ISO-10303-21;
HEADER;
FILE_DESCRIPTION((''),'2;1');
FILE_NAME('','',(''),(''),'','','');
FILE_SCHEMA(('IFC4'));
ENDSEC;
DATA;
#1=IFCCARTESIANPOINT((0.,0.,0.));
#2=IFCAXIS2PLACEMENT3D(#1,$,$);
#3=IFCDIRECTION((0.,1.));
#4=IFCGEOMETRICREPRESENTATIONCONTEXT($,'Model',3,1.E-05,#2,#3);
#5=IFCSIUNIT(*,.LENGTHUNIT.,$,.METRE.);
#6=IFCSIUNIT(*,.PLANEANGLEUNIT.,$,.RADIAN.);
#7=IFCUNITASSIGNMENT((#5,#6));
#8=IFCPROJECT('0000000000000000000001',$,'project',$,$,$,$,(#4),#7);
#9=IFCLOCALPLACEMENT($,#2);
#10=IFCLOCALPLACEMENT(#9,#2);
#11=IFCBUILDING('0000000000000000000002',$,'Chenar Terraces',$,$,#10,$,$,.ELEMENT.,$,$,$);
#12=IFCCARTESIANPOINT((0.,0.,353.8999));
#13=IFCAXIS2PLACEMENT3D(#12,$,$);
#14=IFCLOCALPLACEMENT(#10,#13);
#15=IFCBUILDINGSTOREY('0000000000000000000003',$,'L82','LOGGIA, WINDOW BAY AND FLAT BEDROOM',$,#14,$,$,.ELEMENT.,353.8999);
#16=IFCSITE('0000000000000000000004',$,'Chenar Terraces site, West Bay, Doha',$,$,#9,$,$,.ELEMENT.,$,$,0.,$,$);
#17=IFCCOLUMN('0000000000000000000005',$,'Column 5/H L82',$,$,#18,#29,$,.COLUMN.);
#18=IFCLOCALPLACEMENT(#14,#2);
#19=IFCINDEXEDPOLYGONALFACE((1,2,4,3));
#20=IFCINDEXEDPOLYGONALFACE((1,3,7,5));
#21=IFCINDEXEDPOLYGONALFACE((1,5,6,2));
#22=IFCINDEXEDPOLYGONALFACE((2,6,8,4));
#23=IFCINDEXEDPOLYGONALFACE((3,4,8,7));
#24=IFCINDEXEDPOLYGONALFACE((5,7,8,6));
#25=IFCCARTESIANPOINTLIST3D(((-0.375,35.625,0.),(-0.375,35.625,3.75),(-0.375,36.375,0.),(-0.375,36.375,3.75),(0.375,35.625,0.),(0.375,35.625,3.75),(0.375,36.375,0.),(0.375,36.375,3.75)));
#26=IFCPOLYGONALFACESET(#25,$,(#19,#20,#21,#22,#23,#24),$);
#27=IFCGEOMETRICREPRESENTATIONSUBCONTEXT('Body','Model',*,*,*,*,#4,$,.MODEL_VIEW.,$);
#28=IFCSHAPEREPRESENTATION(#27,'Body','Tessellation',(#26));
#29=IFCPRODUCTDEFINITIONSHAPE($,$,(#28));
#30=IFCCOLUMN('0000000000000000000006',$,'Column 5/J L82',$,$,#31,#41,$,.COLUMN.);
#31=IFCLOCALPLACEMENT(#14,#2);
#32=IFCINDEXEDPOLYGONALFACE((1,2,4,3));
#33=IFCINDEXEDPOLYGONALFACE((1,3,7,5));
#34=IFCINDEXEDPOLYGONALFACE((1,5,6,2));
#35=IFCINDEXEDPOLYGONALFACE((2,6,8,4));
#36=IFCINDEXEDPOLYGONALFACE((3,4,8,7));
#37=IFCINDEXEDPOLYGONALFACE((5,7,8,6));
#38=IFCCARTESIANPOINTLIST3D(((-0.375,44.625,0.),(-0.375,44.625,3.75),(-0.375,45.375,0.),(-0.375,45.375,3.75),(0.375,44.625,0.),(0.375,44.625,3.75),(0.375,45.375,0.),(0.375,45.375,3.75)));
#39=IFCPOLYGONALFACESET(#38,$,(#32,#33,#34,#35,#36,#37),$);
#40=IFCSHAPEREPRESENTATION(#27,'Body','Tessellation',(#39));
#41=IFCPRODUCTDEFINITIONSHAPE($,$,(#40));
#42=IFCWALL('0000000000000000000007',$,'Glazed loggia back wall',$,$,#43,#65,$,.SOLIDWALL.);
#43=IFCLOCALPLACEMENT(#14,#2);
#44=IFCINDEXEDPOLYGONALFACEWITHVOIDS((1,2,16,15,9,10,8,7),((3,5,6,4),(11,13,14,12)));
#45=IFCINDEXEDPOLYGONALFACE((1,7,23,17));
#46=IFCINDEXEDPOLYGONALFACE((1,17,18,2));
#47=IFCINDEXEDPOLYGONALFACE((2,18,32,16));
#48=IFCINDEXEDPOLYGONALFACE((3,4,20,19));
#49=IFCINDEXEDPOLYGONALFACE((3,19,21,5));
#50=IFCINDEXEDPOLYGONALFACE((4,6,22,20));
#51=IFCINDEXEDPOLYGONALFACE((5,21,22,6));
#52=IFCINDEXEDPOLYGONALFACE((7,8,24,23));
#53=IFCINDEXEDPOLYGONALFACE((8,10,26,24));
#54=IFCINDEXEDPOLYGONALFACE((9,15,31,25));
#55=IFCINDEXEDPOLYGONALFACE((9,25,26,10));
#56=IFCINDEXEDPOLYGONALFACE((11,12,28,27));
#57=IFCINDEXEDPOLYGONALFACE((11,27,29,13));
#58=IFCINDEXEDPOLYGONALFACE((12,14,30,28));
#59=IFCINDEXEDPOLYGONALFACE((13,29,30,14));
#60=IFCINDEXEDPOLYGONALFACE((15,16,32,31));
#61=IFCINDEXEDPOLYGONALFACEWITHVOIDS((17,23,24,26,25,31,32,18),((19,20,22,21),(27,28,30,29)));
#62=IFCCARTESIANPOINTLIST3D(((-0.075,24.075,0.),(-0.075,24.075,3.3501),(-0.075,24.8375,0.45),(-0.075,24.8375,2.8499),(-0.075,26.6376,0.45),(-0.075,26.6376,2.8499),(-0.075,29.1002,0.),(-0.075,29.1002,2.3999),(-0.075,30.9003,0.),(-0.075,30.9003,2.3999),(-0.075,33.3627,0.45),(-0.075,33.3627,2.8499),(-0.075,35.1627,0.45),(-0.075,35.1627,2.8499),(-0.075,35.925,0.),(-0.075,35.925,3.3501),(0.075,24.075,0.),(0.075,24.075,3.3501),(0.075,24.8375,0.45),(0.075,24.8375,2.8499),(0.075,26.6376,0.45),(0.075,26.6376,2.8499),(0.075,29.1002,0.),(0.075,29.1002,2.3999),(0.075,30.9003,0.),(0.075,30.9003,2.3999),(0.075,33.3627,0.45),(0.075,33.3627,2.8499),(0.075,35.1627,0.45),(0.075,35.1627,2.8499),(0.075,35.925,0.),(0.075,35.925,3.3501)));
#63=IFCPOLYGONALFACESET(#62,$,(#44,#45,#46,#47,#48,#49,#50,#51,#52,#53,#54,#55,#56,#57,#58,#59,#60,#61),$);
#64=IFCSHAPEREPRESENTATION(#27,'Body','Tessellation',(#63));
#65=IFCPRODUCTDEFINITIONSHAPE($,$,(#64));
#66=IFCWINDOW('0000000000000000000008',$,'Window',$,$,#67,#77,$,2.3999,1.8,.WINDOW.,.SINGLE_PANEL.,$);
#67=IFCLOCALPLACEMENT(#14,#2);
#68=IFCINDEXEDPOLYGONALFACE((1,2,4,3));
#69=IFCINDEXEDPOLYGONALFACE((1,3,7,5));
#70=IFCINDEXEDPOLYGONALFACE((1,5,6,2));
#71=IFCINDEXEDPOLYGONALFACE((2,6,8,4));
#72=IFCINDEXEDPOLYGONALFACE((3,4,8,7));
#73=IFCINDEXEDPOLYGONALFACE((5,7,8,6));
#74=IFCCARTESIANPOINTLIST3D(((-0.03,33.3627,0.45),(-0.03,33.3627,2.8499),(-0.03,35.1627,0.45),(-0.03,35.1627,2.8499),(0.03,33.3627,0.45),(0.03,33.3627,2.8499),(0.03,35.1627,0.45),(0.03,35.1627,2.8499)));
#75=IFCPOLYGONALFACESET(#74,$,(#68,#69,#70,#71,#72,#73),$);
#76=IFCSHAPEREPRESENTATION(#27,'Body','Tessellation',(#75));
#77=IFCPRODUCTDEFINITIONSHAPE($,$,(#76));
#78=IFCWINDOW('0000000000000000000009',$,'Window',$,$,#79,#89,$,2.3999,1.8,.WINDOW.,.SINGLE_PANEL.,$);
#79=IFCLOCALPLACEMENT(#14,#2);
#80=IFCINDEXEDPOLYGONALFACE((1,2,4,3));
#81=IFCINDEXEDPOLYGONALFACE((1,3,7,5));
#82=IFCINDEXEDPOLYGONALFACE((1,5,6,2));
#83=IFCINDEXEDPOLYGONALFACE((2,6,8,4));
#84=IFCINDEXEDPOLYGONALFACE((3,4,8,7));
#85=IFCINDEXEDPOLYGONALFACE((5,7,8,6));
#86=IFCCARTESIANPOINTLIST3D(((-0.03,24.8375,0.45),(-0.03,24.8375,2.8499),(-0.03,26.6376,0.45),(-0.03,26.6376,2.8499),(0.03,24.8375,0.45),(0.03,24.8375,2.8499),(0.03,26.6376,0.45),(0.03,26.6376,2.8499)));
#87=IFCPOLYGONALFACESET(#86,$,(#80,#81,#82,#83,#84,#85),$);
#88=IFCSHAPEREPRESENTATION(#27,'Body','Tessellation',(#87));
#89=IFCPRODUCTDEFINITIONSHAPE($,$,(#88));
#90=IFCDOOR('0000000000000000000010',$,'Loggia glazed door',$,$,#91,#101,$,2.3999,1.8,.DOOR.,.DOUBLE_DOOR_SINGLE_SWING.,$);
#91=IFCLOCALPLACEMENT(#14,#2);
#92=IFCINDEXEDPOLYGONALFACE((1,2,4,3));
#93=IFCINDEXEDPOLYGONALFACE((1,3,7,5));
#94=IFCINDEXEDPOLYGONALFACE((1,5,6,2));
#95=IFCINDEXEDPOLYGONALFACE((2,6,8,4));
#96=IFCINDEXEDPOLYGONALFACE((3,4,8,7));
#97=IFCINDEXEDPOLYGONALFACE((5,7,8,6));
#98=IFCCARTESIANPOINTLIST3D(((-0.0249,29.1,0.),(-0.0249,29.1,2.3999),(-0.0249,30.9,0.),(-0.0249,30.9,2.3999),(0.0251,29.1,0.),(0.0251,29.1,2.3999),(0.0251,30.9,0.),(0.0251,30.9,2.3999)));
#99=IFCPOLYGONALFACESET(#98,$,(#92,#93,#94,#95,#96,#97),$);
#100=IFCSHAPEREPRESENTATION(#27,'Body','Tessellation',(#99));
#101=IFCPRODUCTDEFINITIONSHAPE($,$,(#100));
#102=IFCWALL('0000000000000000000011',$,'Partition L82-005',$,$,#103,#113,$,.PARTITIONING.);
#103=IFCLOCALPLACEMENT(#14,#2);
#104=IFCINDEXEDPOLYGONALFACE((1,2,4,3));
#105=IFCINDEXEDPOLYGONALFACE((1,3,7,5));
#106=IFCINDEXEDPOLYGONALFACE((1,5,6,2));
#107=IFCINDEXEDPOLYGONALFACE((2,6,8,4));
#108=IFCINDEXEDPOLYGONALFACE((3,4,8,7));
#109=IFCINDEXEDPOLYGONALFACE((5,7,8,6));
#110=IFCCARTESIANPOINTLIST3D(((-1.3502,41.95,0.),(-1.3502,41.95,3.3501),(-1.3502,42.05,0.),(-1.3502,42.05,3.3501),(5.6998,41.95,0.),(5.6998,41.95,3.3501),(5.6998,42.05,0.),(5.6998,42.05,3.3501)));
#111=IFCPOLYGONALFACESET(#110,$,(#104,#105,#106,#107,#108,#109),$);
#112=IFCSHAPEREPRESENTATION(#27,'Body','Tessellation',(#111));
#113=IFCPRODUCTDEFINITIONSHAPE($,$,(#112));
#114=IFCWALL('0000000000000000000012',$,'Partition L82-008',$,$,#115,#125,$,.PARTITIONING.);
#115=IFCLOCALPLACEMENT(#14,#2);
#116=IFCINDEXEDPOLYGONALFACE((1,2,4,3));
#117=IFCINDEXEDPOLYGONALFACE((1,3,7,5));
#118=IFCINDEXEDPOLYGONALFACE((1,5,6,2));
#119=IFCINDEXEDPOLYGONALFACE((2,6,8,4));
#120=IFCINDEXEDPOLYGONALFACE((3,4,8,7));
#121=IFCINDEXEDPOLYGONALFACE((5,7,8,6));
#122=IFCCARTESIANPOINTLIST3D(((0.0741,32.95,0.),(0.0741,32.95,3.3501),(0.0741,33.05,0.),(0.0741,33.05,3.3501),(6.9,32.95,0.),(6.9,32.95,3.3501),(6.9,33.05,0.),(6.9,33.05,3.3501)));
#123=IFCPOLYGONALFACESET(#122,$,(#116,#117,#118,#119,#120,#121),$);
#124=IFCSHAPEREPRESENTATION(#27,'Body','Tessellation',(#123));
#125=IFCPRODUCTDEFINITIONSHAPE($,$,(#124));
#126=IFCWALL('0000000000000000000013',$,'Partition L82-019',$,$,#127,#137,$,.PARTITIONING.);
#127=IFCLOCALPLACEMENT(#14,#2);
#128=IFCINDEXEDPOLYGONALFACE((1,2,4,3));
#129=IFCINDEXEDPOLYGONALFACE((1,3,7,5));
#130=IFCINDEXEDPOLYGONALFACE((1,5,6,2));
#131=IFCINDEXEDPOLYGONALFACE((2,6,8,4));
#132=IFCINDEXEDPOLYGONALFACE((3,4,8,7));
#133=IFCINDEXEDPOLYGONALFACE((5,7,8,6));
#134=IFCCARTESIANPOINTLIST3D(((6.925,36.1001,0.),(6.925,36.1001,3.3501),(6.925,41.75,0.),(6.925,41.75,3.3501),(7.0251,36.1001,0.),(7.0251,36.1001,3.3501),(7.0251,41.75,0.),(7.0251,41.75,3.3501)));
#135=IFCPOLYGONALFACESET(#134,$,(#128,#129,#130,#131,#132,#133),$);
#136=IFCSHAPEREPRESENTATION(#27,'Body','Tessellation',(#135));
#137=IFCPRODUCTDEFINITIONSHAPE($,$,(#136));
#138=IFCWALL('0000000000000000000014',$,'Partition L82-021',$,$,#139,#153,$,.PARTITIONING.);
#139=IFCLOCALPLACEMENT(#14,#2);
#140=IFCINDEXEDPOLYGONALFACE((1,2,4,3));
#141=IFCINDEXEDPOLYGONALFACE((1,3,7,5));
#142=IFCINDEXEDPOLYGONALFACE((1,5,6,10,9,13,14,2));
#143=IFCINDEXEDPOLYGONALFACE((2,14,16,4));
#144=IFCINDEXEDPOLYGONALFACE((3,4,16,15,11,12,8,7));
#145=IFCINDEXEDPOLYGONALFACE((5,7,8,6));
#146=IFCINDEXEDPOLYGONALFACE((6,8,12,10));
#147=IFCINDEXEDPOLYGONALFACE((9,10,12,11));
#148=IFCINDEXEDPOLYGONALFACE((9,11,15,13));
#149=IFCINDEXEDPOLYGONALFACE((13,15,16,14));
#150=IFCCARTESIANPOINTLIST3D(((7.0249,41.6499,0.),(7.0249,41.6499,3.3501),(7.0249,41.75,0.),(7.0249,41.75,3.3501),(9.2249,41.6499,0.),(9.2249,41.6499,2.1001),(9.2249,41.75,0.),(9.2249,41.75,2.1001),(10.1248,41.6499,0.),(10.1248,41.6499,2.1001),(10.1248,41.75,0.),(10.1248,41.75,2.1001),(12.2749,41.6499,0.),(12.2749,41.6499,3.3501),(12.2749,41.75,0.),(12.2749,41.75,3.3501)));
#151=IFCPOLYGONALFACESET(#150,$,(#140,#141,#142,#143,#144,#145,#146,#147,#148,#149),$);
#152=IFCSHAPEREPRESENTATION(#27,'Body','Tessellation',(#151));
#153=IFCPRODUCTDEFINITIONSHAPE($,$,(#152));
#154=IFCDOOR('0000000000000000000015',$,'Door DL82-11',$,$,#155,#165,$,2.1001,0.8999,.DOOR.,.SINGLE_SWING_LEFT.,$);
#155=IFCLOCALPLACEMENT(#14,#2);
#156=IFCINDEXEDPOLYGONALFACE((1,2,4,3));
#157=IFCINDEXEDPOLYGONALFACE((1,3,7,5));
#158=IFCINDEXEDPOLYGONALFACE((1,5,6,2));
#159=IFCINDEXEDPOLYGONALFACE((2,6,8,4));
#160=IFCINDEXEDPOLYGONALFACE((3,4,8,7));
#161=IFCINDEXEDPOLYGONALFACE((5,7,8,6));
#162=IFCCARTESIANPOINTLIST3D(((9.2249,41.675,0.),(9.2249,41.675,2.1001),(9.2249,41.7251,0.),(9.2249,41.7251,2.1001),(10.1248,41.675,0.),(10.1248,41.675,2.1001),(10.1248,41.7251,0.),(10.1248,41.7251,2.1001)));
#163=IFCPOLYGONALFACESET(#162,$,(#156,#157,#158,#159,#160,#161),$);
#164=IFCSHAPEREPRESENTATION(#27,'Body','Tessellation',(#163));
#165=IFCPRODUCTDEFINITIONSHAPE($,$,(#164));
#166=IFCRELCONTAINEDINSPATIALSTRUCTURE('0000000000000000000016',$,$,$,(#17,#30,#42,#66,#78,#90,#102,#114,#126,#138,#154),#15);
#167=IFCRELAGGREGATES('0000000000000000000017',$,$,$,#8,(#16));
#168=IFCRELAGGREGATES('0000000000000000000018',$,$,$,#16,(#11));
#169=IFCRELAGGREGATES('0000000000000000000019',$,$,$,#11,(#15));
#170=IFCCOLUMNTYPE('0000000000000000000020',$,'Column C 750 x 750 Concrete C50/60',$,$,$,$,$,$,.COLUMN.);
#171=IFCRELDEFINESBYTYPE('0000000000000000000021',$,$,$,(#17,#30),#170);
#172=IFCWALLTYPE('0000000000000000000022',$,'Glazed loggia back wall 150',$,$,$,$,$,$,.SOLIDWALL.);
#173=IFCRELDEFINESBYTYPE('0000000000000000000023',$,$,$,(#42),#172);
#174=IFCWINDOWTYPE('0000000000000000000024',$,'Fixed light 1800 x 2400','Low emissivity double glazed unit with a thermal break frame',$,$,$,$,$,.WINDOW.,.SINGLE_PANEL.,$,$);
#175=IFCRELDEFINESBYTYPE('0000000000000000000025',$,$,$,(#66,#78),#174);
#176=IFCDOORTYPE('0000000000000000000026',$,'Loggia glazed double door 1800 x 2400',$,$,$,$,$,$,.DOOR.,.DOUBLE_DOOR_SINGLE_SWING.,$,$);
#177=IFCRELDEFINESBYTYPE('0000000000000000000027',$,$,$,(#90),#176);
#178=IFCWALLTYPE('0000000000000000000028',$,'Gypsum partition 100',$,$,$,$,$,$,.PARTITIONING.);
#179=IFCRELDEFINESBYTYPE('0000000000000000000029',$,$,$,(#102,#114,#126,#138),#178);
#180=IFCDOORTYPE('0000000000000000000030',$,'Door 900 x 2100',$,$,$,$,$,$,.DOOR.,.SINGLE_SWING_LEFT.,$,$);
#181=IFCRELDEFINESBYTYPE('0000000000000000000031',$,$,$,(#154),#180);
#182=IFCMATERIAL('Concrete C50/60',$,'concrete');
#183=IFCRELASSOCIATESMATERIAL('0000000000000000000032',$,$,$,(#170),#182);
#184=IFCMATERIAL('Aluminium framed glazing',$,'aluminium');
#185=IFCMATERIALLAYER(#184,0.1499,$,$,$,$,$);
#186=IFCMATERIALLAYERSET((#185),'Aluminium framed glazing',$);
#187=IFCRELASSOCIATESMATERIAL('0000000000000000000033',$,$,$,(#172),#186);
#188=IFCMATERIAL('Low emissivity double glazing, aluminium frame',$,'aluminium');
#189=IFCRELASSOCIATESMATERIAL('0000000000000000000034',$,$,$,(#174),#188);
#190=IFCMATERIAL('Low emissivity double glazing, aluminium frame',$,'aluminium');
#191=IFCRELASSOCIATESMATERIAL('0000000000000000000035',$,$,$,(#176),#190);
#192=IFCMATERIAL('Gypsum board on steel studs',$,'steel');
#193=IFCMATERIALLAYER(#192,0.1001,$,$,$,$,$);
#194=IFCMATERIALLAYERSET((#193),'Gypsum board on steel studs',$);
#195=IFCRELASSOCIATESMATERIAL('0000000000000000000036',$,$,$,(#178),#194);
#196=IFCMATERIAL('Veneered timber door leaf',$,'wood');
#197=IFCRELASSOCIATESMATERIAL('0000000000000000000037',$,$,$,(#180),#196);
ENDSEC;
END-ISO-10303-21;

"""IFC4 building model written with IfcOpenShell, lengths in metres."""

from ifc_helpers import new_model, si_unit, direction, frame, frame_2d, origin, origin_2d, place, context, subcontext, project, spatial, rectangle, extrude, material, layer, layer_set, material_profile, profile_set, type_object, element, fill, save


model = new_model("IFC4")

# Units and contexts
model_context = context("Model", 3, precision=1e-05, world=origin(), true_north=direction((0.0, 1.0)))
body_context = subcontext(model_context, "Body", "Model", "MODEL_VIEW")
ifc_project = project(units=[si_unit("LENGTHUNIT", "METRE"), si_unit("PLANEANGLEUNIT", "RADIAN")], contexts=[model_context])

# Site, building, storey
site_placement = place(None, origin())
site = spatial("IfcSite", under=ifc_project, at=site_placement, Name="Chenar Terraces site, West Bay, Doha", CompositionType="ELEMENT", RefElevation=0.0)
building_placement = place(site_placement, origin())
building = spatial("IfcBuilding", under=site, at=building_placement, Name="Chenar Terraces", CompositionType="ELEMENT")
storey_placement = place(building_placement, frame((0.0, 0.0, 353.8999)))
storey = spatial("IfcBuildingStorey", under=building, at=storey_placement, Name="L82", Description="LOGGIA, WINDOW BAY AND FLAT BEDROOM", CompositionType="ELEMENT", Elevation=353.8999)

# Columns
ifc_material_1 = material(Name="Concrete C50/60", Category="concrete")
ifc_material_profile_1 = material_profile(ifc_material_1, rectangle(XDim=0.75, YDim=0.75, at=origin_2d()), Name="C 750 x 750")
ifc_profile_set_1 = profile_set([ifc_material_profile_1], Name="Concrete C50/60")
column_type = type_object("IfcColumnType", Name="Column C 750 x 750 Concrete C50/60", PredefinedType="COLUMN", material=ifc_profile_set_1)
placement = place(storey_placement, frame((0.0, 36.0, 0.0), z_axis=(0.0, 0.0, 1.0), x_axis=(1.0, 0.0, 0.0)))
element("IfcColumn", 1, at=placement, inside=storey, type_object=column_type, Name="Column 5/H L82", PredefinedType="COLUMN", context=body_context, shape_type="SweptSolid", body=[
    extrude(rectangle(XDim=0.75, YDim=0.75, at=origin_2d()), origin(), (0.0, 0.0, 1.0), 3.75),
])
column_1_placement = place(storey_placement, frame((0.0, 45.0, 0.0), z_axis=(0.0, 0.0, 1.0), x_axis=(1.0, 0.0, 0.0)))
element("IfcColumn", 2, at=column_1_placement, inside=storey, type_object=column_type, Name="Column 5/J L82", PredefinedType="COLUMN", context=body_context, shape_type="SweptSolid", body=[
    extrude(rectangle(XDim=0.75, YDim=0.75, at=origin_2d()), origin(), (0.0, 0.0, 1.0), 3.75),
])

# Wall, openings, windows, door
ifc_material_2 = material(Name="Aluminium framed glazing", Category="aluminium")
ifc_layer_1 = layer(ifc_material_2, 0.1499)
ifc_layer_set_1 = layer_set([ifc_layer_1], Name="Aluminium framed glazing")
wall_type_1 = type_object("IfcWallType", Name="Glazed loggia back wall 150", PredefinedType="SOLIDWALL", material=ifc_layer_set_1)
wall_1_placement = place(storey_placement, frame((0.0, 35.925, 0.0), z_axis=(0.0, 0.0, 1.0), x_axis=(0.0, -1.0, 0.0)))
wall_1 = element("IfcWall", 3, at=wall_1_placement, inside=storey, type_object=wall_type_1, Name="Glazed loggia back wall", PredefinedType="SOLIDWALL", context=body_context, shape_type="SweptSolid", body=[
    extrude(rectangle(XDim=11.8501, YDim=0.1499, at=frame_2d((5.925, 0.0))), origin(), (0.0, 0.0, 1.0), 3.3501),
])
opening_1_placement = place(wall_1_placement, frame((0.7625, 0.0, 0.45)))
opening_1 = element("IfcOpeningElement", 4, at=opening_1_placement, cuts=wall_1, PredefinedType="OPENING", context=body_context, shape_type="SweptSolid", body=[
    extrude(rectangle(XDim=1.8, YDim=2.3999, at=frame_2d((0.8999, 1.2))), frame((0.0, 0.085, 0.0), z_axis=(0.0, -1.0, 0.0), x_axis=(1.0, 0.0, 0.0)), (0.0, 0.0, 1.0), 0.1699),
])
opening_2_placement = place(wall_1_placement, frame((5.0249, 0.0, 0.0)))
opening_2 = element("IfcOpeningElement", 5, at=opening_2_placement, cuts=wall_1, PredefinedType="OPENING", context=body_context, shape_type="SweptSolid", body=[
    extrude(rectangle(XDim=1.8, YDim=2.3999, at=frame_2d((0.8999, 1.2))), frame((0.0, 0.085, 0.0), z_axis=(0.0, -1.0, 0.0), x_axis=(1.0, 0.0, 0.0)), (0.0, 0.0, 1.0), 0.1699),
])
opening_3_placement = place(wall_1_placement, frame((9.2876, 0.0, 0.45)))
opening_3 = element("IfcOpeningElement", 6, at=opening_3_placement, cuts=wall_1, PredefinedType="OPENING", context=body_context, shape_type="SweptSolid", body=[
    extrude(rectangle(XDim=1.8, YDim=2.3999, at=frame_2d((0.8999, 1.2))), frame((0.0, 0.085, 0.0), z_axis=(0.0, -1.0, 0.0), x_axis=(1.0, 0.0, 0.0)), (0.0, 0.0, 1.0), 0.1699),
])
ifc_material_3 = material(Name="Low emissivity double glazing, aluminium frame", Category="aluminium")
window_type = type_object("IfcWindowType", Name="Fixed light 1800 x 2400", Description="Low emissivity double glazed unit with a thermal break frame", PartitioningType="SINGLE_PANEL", PredefinedType="WINDOW", material=ifc_material_3)
window_1_placement = place(opening_1_placement, origin())
window_1 = element("IfcWindow", 7, at=window_1_placement, inside=storey, type_object=window_type, Name="Window", OverallHeight=2.3999, OverallWidth=1.8, PartitioningType="SINGLE_PANEL", PredefinedType="WINDOW", context=body_context, shape_type="SweptSolid", body=[
    extrude(rectangle(XDim=1.8, YDim=2.3999, at=frame_2d((0.8999, 1.2))), frame((0.0, 0.03, 0.0), z_axis=(0.0, -1.0, 0.0), x_axis=(1.0, 0.0, 0.0)), (0.0, 0.0, 1.0), 0.0601),
])
fill(opening_1, window_1)
window_2_placement = place(opening_3_placement, origin())
window_2 = element("IfcWindow", 8, at=window_2_placement, inside=storey, type_object=window_type, Name="Window", OverallHeight=2.3999, OverallWidth=1.8, PartitioningType="SINGLE_PANEL", PredefinedType="WINDOW", context=body_context, shape_type="SweptSolid", body=[
    extrude(rectangle(XDim=1.8, YDim=2.3999, at=frame_2d((0.8999, 1.2))), frame((0.0, 0.03, 0.0), z_axis=(0.0, -1.0, 0.0), x_axis=(1.0, 0.0, 0.0)), (0.0, 0.0, 1.0), 0.0601),
])
fill(opening_3, window_2)
ifc_material_4 = material(Name="Low emissivity double glazing, aluminium frame", Category="aluminium")
door_type_1 = type_object("IfcDoorType", Name="Loggia glazed double door 1800 x 2400", OperationType="DOUBLE_DOOR_SINGLE_SWING", PredefinedType="DOOR", material=ifc_material_4)
door_1_placement = place(opening_2_placement, frame((1.8, 0.0, 0.0), z_axis=(0.0, 0.0, 1.0), x_axis=(-1.0, 0.0, 0.0)))
door_1 = element("IfcDoor", 9, at=door_1_placement, inside=storey, type_object=door_type_1, Name="Loggia glazed door", OperationType="DOUBLE_DOOR_SINGLE_SWING", OverallHeight=2.3999, OverallWidth=1.8, PredefinedType="DOOR", context=body_context, shape_type="SweptSolid", body=[
    extrude(rectangle(XDim=1.8, YDim=2.3999, at=frame_2d((0.8999, 1.2))), frame((0.0, 0.0249, 0.0), z_axis=(0.0, -1.0, 0.0), x_axis=(1.0, 0.0, 0.0)), (0.0, 0.0, 1.0), 0.05),
])
fill(opening_2, door_1)

# Walls
ifc_material_5 = material(Name="Gypsum board on steel studs", Category="steel")
ifc_layer_2 = layer(ifc_material_5, 0.1001)
ifc_layer_set_2 = layer_set([ifc_layer_2], Name="Gypsum board on steel studs")
wall_type_2 = type_object("IfcWallType", Name="Gypsum partition 100", PredefinedType="PARTITIONING", material=ifc_layer_set_2)
wall_2_placement = place(storey_placement, frame((-1.3501, 42.0, 0.0), z_axis=(0.0, 0.0, 1.0), x_axis=(1.0, 0.0, 0.0)))
element("IfcWall", 10, at=wall_2_placement, inside=storey, type_object=wall_type_2, Name="Partition L82-005", PredefinedType="PARTITIONING", context=body_context, shape_type="SweptSolid", body=[
    extrude(rectangle(XDim=7.05, YDim=0.1001, at=frame_2d((3.5249, 0.0))), origin(), (0.0, 0.0, 1.0), 3.3501),
])
wall_3_placement = place(storey_placement, frame((0.074, 33.0, 0.0), z_axis=(0.0, 0.0, 1.0), x_axis=(1.0, 0.0, 0.0)))
element("IfcWall", 11, at=wall_3_placement, inside=storey, type_object=wall_type_2, Name="Partition L82-008", PredefinedType="PARTITIONING", context=body_context, shape_type="SweptSolid", body=[
    extrude(rectangle(XDim=6.8259, YDim=0.1001, at=frame_2d((3.4131, 0.0))), origin(), (0.0, 0.0, 1.0), 3.3501),
])
wall_4_placement = place(storey_placement, frame((6.9751, 36.1001, 0.0), z_axis=(0.0, 0.0, 1.0), x_axis=(0.0, 1.0, 0.0)))
element("IfcWall", 12, at=wall_4_placement, inside=storey, type_object=wall_type_2, Name="Partition L82-019", PredefinedType="PARTITIONING", context=body_context, shape_type="SweptSolid", body=[
    extrude(rectangle(XDim=5.6499, YDim=0.1001, at=frame_2d((2.825, 0.0))), origin(), (0.0, 0.0, 1.0), 3.3501),
])

# Wall, opening, door
wall_5_placement = place(storey_placement, frame((7.0249, 41.7, 0.0), z_axis=(0.0, 0.0, 1.0), x_axis=(1.0, 0.0, 0.0)))
wall_5 = element("IfcWall", 13, at=wall_5_placement, inside=storey, type_object=wall_type_2, Name="Partition L82-021", PredefinedType="PARTITIONING", context=body_context, shape_type="SweptSolid", body=[
    extrude(rectangle(XDim=5.25, YDim=0.1001, at=frame_2d((2.625, 0.0))), origin(), (0.0, 0.0, 1.0), 3.3501),
])
opening_4_placement = place(wall_5_placement, frame((2.2, 0.0, 0.0)))
opening_4 = element("IfcOpeningElement", 14, at=opening_4_placement, cuts=wall_5, PredefinedType="OPENING", context=body_context, shape_type="SweptSolid", body=[
    extrude(rectangle(XDim=0.8999, YDim=2.1001, at=frame_2d((0.45, 1.05))), frame((0.0, 0.0601, 0.0), z_axis=(0.0, -1.0, 0.0), x_axis=(1.0, 0.0, 0.0)), (0.0, 0.0, 1.0), 0.1201),
])
ifc_material_6 = material(Name="Veneered timber door leaf", Category="wood")
door_type_2 = type_object("IfcDoorType", Name="Door 900 x 2100", OperationType="SINGLE_SWING_LEFT", PredefinedType="DOOR", material=ifc_material_6)
door_2_placement = place(opening_4_placement, frame((0.8999, 0.0, 0.0), z_axis=(0.0, 0.0, 1.0), x_axis=(-1.0, 0.0, 0.0)))
door_2 = element("IfcDoor", 15, at=door_2_placement, inside=storey, type_object=door_type_2, Name="Door DL82-11", OperationType="SINGLE_SWING_LEFT", OverallHeight=2.1001, OverallWidth=0.8999, PredefinedType="DOOR", context=body_context, shape_type="SweptSolid", body=[
    extrude(rectangle(XDim=0.8999, YDim=2.1001, at=frame_2d((0.45, 1.05))), frame((0.0, 0.0249, 0.0), z_axis=(0.0, -1.0, 0.0), x_axis=(1.0, 0.0, 0.0)), (0.0, 0.0, 1.0), 0.05),
])
fill(opening_4, door_2)

save(model, "model.ifc")
